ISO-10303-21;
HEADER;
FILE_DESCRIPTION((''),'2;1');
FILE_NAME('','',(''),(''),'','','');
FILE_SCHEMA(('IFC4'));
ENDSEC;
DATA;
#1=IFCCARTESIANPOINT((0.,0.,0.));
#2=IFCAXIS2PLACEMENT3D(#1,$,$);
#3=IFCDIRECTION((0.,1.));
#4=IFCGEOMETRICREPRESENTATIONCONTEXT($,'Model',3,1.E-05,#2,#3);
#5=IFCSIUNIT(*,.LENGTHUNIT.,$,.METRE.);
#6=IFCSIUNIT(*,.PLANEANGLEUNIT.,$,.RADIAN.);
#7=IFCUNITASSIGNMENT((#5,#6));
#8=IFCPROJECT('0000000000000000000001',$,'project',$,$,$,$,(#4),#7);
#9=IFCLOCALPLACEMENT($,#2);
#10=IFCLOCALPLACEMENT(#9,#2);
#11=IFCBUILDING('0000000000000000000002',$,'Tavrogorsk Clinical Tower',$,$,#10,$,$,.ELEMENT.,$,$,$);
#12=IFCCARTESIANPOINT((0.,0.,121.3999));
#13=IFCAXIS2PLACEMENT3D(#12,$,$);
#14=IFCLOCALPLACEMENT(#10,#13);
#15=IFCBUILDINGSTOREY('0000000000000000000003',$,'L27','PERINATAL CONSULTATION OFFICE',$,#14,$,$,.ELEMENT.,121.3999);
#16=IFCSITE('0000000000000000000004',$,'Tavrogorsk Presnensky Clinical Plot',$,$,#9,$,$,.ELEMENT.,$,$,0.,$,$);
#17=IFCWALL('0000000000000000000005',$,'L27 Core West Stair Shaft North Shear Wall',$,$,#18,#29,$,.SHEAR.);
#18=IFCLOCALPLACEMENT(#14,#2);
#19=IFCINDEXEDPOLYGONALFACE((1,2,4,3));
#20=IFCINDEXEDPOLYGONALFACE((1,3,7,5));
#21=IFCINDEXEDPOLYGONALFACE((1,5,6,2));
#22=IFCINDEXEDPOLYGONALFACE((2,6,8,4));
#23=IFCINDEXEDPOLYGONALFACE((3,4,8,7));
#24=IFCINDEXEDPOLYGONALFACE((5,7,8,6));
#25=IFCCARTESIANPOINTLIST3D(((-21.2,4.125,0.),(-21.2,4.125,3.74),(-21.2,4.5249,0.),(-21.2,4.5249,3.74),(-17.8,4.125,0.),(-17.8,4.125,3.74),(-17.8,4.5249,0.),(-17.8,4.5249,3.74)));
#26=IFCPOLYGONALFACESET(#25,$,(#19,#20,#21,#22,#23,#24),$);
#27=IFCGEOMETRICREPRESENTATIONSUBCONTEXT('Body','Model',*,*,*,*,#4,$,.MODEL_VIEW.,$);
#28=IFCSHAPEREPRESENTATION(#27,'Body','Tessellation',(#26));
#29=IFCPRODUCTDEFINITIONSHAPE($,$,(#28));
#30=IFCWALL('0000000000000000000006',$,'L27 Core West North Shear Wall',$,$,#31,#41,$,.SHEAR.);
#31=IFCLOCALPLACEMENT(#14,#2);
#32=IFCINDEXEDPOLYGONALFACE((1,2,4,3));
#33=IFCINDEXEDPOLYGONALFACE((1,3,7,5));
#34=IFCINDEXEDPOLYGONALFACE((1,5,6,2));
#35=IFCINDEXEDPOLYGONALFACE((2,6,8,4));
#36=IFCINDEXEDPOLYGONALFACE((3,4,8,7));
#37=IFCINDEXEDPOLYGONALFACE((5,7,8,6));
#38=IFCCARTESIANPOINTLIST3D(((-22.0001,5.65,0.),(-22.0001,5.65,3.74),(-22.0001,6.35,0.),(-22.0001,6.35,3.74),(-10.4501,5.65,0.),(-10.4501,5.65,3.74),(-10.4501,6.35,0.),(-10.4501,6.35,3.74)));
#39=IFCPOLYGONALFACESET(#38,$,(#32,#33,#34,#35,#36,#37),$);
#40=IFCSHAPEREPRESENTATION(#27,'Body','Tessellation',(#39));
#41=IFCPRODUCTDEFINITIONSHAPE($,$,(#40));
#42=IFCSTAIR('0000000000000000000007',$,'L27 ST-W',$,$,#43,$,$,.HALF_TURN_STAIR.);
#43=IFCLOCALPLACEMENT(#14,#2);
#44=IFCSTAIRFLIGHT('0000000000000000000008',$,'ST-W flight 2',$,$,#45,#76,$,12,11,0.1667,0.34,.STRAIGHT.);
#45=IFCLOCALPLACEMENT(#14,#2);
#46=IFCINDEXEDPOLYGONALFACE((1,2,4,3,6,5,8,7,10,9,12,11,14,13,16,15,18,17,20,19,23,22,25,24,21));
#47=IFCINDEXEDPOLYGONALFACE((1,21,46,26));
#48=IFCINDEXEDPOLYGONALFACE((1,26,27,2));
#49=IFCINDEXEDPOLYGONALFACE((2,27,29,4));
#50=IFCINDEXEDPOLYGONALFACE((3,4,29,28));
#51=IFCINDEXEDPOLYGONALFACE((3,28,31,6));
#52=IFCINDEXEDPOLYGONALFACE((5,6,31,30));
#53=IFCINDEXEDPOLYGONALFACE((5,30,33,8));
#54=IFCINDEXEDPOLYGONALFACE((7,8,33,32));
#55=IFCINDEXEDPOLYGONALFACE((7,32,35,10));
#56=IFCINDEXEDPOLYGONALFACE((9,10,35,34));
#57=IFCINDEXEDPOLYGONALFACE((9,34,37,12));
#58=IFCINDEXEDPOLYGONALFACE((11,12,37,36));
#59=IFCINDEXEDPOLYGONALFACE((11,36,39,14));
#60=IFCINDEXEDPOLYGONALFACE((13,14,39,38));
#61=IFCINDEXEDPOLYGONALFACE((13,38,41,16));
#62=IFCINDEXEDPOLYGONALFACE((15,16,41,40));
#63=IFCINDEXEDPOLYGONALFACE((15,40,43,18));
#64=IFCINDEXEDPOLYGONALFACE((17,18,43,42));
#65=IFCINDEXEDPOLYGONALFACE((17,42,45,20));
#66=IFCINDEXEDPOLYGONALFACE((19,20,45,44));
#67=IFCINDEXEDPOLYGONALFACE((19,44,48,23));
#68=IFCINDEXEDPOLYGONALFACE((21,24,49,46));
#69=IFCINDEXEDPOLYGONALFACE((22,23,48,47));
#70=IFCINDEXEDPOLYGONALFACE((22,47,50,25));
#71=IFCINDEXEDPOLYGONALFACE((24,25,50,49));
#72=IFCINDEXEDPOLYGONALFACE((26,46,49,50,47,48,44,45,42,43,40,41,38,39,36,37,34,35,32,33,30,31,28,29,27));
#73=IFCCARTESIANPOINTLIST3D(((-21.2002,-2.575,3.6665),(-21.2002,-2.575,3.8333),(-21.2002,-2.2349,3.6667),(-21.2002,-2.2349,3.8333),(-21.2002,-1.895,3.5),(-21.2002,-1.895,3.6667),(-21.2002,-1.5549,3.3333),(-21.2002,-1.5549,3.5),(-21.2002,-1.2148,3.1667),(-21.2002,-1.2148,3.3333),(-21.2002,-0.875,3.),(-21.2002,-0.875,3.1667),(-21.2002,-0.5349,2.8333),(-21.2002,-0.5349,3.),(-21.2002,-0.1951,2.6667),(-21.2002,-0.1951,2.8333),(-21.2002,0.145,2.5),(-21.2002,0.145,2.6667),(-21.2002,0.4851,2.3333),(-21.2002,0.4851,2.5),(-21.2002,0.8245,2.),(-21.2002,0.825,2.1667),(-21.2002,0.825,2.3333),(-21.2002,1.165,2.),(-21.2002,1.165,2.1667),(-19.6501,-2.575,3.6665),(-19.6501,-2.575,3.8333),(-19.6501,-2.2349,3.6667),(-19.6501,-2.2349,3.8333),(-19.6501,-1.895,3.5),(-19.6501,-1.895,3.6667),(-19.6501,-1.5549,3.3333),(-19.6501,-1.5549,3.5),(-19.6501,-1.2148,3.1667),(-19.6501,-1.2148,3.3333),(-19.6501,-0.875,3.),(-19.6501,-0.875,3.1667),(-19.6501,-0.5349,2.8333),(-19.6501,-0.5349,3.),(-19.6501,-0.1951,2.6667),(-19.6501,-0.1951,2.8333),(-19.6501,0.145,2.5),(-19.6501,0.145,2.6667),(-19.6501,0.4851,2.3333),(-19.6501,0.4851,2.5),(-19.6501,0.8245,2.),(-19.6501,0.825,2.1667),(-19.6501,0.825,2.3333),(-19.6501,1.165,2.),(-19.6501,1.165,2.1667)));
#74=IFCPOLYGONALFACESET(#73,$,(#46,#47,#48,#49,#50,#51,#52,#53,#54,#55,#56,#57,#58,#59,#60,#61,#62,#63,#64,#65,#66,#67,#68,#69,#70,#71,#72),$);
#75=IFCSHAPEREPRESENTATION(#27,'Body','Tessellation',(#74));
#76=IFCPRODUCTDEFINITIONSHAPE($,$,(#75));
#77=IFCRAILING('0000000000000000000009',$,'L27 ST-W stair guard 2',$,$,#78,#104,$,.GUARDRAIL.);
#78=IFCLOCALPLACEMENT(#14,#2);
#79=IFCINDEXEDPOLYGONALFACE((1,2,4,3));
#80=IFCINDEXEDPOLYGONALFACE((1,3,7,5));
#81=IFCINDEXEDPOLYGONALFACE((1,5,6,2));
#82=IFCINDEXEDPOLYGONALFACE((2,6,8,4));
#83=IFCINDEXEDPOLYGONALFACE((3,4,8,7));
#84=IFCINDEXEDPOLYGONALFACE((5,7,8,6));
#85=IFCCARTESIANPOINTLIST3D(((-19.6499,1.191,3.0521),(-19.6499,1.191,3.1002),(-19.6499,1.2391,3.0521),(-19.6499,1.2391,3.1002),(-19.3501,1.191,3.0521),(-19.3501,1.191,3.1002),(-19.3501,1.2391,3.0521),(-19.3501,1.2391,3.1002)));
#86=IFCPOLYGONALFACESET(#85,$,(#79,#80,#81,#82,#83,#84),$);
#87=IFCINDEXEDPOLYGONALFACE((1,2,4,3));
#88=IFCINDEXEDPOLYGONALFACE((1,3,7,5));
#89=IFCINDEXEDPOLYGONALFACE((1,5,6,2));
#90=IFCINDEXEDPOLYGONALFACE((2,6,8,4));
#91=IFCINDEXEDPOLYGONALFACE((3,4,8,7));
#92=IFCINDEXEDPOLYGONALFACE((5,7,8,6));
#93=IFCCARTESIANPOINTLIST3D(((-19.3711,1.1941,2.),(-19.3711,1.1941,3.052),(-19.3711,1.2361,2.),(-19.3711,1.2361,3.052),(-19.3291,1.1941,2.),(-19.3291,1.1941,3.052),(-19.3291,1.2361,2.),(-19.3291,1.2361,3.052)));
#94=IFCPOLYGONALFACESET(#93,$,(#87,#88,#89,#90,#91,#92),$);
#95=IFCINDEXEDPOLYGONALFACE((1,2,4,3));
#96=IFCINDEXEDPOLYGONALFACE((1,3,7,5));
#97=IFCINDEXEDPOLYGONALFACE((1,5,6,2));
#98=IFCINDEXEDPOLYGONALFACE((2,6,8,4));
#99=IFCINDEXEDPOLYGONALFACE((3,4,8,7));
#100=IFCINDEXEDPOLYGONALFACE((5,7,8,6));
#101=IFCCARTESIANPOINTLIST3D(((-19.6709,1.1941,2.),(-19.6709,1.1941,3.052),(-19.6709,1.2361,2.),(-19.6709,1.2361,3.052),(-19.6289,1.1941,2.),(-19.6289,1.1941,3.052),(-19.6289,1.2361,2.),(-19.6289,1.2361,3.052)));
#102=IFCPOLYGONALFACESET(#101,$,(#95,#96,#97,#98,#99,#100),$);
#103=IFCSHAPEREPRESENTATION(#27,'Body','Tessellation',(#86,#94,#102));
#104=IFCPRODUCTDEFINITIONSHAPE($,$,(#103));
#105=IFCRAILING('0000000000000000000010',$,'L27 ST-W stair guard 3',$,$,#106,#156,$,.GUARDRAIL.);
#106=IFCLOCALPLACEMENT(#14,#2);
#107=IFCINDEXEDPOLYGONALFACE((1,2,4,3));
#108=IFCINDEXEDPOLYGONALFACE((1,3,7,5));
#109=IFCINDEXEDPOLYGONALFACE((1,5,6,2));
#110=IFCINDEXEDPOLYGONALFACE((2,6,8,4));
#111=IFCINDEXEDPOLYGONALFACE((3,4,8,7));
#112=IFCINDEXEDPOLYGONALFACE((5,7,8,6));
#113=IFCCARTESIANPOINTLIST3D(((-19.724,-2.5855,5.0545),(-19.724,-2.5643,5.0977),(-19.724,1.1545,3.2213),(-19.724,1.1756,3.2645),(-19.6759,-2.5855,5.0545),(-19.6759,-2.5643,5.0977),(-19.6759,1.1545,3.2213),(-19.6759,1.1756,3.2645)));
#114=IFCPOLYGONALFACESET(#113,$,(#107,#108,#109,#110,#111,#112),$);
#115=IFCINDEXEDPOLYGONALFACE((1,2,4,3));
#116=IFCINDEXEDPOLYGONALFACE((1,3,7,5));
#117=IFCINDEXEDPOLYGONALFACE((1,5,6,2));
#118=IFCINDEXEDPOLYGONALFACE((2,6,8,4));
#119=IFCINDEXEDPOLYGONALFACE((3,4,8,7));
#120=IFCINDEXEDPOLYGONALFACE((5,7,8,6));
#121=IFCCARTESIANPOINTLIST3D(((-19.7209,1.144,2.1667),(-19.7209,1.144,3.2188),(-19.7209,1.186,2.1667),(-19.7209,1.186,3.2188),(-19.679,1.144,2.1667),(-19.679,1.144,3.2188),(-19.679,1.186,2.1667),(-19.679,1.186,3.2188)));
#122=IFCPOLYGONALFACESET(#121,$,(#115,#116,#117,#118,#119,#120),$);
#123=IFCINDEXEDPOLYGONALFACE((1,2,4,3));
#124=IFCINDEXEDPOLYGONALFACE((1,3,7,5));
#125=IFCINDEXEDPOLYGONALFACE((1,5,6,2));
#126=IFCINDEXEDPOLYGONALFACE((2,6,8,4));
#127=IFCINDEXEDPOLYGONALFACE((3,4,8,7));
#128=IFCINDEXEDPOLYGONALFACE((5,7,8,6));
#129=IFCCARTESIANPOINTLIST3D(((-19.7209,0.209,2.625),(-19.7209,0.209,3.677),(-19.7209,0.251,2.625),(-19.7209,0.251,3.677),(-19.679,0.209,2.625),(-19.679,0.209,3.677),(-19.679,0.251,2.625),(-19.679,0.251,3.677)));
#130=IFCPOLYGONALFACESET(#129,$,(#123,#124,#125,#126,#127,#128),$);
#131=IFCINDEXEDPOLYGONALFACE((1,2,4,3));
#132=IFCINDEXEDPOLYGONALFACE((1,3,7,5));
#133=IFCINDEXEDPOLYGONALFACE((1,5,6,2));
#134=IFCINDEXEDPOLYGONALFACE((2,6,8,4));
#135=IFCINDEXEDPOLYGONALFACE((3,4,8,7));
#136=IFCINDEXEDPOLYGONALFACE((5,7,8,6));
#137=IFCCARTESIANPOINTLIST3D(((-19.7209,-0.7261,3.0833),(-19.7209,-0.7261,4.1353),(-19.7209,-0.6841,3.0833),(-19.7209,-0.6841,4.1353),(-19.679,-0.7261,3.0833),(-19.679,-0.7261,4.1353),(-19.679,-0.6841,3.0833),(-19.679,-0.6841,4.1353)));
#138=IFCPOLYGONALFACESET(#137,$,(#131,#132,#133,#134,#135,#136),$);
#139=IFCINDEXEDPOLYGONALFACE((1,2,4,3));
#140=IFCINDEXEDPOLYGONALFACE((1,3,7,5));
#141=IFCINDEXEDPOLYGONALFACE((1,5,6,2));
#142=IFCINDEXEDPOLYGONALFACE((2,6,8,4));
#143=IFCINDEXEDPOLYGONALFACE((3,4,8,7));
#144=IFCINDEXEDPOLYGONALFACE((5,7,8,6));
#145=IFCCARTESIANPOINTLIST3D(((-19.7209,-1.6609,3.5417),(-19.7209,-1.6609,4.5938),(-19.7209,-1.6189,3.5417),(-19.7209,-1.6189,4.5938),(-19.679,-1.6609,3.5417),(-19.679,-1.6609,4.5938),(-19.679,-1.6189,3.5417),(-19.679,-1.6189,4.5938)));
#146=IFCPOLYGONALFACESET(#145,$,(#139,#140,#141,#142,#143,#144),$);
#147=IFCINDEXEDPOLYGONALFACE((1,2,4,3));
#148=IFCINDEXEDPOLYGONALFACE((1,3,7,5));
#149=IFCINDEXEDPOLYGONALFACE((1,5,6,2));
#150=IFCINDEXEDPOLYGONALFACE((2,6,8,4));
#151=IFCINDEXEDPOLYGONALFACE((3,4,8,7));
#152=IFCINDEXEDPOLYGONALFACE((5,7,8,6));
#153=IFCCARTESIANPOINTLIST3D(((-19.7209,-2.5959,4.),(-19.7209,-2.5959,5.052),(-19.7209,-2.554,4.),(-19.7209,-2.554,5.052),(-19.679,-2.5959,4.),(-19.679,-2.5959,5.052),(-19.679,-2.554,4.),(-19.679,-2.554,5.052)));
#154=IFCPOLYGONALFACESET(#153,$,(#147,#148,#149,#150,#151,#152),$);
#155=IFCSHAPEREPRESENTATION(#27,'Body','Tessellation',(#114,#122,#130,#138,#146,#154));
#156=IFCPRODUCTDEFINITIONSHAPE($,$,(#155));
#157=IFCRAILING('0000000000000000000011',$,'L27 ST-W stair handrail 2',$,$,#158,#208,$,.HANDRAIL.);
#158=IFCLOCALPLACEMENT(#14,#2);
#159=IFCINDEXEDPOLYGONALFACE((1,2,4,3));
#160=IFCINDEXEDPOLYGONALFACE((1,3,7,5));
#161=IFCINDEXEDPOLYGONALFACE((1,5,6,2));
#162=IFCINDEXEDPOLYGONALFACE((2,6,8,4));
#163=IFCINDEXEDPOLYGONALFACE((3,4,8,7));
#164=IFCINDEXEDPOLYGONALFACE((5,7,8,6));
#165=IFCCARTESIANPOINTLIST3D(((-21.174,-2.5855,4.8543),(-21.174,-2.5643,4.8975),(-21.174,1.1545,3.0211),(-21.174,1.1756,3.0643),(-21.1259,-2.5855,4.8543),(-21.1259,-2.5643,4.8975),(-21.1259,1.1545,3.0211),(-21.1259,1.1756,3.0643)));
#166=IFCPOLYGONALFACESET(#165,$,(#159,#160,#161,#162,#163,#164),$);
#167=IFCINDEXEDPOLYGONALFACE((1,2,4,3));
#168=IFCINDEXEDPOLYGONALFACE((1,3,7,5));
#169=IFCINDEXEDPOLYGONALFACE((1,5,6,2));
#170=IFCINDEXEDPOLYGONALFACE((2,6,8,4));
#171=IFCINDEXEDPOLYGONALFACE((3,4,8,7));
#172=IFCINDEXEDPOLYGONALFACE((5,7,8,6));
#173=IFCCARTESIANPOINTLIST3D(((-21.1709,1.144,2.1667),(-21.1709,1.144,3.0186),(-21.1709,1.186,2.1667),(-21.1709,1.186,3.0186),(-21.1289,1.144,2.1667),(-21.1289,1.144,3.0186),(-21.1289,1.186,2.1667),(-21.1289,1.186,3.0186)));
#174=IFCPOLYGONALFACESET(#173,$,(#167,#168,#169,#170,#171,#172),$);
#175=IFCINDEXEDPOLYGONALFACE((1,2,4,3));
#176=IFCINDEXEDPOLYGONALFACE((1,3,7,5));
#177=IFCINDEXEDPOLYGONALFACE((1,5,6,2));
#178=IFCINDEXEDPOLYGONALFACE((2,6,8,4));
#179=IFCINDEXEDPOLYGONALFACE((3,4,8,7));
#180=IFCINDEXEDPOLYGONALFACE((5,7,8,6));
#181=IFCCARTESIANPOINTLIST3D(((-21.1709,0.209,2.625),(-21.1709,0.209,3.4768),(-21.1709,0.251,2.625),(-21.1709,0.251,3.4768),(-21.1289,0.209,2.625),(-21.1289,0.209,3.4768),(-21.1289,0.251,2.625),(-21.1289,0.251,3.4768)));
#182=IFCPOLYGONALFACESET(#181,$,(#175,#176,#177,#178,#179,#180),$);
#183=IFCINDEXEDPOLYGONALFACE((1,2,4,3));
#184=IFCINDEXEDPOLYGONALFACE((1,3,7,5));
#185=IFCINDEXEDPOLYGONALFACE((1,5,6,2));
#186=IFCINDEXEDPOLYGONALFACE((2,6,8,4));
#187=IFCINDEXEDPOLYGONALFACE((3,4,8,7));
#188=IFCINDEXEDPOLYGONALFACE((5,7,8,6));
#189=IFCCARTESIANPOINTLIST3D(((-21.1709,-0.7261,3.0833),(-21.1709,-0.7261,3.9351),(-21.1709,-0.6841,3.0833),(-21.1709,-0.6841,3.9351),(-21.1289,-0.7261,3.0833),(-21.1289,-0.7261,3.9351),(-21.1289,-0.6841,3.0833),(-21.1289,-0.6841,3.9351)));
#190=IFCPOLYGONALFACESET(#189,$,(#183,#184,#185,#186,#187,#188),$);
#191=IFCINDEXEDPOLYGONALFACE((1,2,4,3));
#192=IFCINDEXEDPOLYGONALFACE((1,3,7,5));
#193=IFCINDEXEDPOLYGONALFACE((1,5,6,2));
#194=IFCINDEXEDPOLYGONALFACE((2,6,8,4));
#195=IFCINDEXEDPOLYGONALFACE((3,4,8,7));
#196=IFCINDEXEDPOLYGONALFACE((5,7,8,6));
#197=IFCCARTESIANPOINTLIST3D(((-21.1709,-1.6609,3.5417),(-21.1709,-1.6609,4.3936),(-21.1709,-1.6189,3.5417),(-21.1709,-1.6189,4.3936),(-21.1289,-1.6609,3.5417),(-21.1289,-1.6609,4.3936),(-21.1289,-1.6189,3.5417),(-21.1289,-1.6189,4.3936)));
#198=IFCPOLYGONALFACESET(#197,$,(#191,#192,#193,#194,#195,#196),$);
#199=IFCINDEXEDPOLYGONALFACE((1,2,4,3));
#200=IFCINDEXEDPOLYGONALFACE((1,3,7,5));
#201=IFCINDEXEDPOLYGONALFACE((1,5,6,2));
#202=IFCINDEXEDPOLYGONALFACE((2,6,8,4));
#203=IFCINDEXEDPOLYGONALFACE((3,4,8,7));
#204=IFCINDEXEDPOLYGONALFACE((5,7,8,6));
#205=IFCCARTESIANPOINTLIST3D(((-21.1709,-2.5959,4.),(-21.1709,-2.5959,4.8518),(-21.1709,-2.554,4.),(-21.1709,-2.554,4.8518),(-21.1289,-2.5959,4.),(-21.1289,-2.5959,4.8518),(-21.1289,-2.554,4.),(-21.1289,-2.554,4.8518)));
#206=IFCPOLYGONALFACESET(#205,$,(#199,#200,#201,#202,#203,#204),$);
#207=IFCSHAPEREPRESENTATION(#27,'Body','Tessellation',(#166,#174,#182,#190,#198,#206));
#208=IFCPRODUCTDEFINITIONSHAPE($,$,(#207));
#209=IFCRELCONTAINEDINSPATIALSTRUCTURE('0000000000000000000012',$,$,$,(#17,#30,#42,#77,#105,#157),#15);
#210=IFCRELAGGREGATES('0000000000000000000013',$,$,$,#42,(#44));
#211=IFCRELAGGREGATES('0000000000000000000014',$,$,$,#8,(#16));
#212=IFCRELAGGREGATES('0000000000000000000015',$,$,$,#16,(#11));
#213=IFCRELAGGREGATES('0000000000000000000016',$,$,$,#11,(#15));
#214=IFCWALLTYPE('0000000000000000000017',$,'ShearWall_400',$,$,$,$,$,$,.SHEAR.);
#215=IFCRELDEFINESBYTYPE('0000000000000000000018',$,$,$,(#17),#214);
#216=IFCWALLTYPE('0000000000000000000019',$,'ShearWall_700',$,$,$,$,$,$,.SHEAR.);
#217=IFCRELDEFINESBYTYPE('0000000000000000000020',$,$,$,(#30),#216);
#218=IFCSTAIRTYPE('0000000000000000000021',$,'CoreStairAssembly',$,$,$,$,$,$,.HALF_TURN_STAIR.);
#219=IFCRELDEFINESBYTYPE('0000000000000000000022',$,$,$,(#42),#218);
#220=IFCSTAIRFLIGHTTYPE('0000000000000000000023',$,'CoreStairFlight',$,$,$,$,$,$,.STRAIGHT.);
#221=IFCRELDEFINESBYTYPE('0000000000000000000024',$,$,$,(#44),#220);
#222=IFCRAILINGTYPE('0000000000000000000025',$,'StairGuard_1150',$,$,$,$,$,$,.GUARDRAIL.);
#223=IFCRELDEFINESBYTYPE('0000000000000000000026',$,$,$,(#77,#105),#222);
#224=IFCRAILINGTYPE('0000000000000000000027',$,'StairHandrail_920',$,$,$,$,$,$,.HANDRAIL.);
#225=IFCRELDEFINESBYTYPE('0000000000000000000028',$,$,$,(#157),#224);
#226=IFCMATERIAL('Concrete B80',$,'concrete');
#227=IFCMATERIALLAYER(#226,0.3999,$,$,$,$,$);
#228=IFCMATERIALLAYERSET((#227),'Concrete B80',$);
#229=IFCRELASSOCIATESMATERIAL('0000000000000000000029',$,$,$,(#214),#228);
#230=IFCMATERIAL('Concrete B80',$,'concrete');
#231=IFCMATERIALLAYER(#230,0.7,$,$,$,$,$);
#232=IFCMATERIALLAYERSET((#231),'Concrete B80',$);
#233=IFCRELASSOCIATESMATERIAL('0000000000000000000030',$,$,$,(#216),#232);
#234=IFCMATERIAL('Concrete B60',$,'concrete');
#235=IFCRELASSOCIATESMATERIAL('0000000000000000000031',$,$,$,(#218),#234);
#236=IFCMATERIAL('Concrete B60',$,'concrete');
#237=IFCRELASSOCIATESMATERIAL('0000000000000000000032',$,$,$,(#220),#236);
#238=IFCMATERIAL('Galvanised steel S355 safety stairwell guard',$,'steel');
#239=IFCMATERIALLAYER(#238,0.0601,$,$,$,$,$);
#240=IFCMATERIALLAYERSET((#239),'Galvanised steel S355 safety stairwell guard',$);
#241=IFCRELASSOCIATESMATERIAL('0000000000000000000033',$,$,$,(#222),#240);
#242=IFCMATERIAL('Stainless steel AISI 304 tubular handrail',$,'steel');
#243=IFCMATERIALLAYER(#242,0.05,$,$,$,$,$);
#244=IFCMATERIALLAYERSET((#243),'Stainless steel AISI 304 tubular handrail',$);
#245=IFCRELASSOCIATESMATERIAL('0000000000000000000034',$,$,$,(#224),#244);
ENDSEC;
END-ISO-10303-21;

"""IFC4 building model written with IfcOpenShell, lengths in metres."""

from ifc_helpers import new_model, si_unit, direction, frame, frame_2d, origin, origin_2d, place, context, subcontext, project, spatial, polyline, rectangle, outline, extrude, material, layer, layer_set, type_object, element, aggregate, save


model = new_model("IFC4")

# Units and contexts
model_context = context("Model", 3, precision=1e-05, world=origin(), true_north=direction((0.0, 1.0)))
body_context = subcontext(model_context, "Body", "Model", "MODEL_VIEW")
ifc_project = project(units=[si_unit("LENGTHUNIT", "METRE"), si_unit("PLANEANGLEUNIT", "RADIAN")], contexts=[model_context])

# Site, building, storey
site_placement = place(None, origin())
site = spatial("IfcSite", under=ifc_project, at=site_placement, Name="Tavrogorsk Presnensky Clinical Plot", CompositionType="ELEMENT", RefElevation=0.0)
building_placement = place(site_placement, origin())
building = spatial("IfcBuilding", under=site, at=building_placement, Name="Tavrogorsk Clinical Tower", CompositionType="ELEMENT")
storey_placement = place(building_placement, frame((0.0, 0.0, 121.3999)))
storey = spatial("IfcBuildingStorey", under=building, at=storey_placement, Name="L27", Description="PERINATAL CONSULTATION OFFICE", CompositionType="ELEMENT", Elevation=121.3999)

# Walls
ifc_material_1 = material(Name="Concrete B80", Category="concrete")
ifc_layer_1 = layer(ifc_material_1, 0.3999)
ifc_layer_set_1 = layer_set([ifc_layer_1], Name="Concrete B80")
wall_type_1 = type_object("IfcWallType", Name="ShearWall_400", PredefinedType="SHEAR", material=ifc_layer_set_1)
wall_1_placement = place(storey_placement, frame((-21.2, 4.325, 0.0), z_axis=(0.0, 0.0, 1.0), x_axis=(1.0, 0.0, 0.0)))
element("IfcWall", 1, at=wall_1_placement, inside=storey, type_object=wall_type_1, Name="L27 Core West Stair Shaft North Shear Wall", PredefinedType="SHEAR", context=body_context, shape_type="SweptSolid", body=[
    extrude(rectangle(XDim=3.3999, YDim=0.3999, at=frame_2d((1.7, 0.0))), origin(), (0.0, 0.0, 1.0), 3.74),
])
ifc_material_2 = material(Name="Concrete B80", Category="concrete")
ifc_layer_2 = layer(ifc_material_2, 0.7)
ifc_layer_set_2 = layer_set([ifc_layer_2], Name="Concrete B80")
wall_type_2 = type_object("IfcWallType", Name="ShearWall_700", PredefinedType="SHEAR", material=ifc_layer_set_2)
wall_2_placement = place(storey_placement, frame((-22.0, 6.0, 0.0), z_axis=(0.0, 0.0, 1.0), x_axis=(1.0, 0.0, 0.0)))
element("IfcWall", 2, at=wall_2_placement, inside=storey, type_object=wall_type_2, Name="L27 Core West North Shear Wall", PredefinedType="SHEAR", context=body_context, shape_type="SweptSolid", body=[
    extrude(rectangle(XDim=11.55, YDim=0.7, at=frame_2d((5.7749, 0.0))), origin(), (0.0, 0.0, 1.0), 3.74),
])

# Stair, stair flight
ifc_material_3 = material(Name="Concrete B60", Category="concrete")
stair_type = type_object("IfcStairType", Name="CoreStairAssembly", PredefinedType="HALF_TURN_STAIR", material=ifc_material_3)
stair_placement = place(storey_placement, origin())
stair = element("IfcStair", 3, at=stair_placement, inside=storey, type_object=stair_type, Name="L27 ST-W", PredefinedType="HALF_TURN_STAIR")
ifc_material_4 = material(Name="Concrete B60", Category="concrete")
stair_flight_type = type_object("IfcStairFlightType", Name="CoreStairFlight", PredefinedType="STRAIGHT", material=ifc_material_4)
stair_flight_placement = place(storey_placement, frame((-20.425, 1.165, 2.0), z_axis=(0.0, 0.0, 1.0), x_axis=(0.0, -1.0, 0.0)))
stair_flight = element("IfcStairFlight", 4, at=stair_flight_placement, type_object=stair_flight_type, Name="ST-W flight 2", NumberOfRisers=12, NumberOfTreads=11, PredefinedType="STRAIGHT", RiserHeight=0.1667, TreadLength=0.34, context=body_context, shape_type="SweptSolid", body=[
    extrude(outline(polyline([(0.0, 0.0), (0.0, 0.1667), (0.3401, 0.1667), (0.3401, 0.3333), (0.6799, 0.3333), (0.6799, 0.5), (1.02, 0.5), (1.02, 0.6667), (1.3601, 0.6667), (1.3601, 0.8333), (1.7, 0.8333), (1.7, 1.0), (2.04, 1.0), (2.04, 1.1667), (2.3799, 1.1667), (2.3799, 1.3333), (2.72, 1.3333), (2.72, 1.5), (3.0601, 1.5), (3.0601, 1.6667), (3.3999, 1.6667), (3.3999, 1.8333), (3.74, 1.8333), (3.74, 2.0), (3.74, 1.6665), (0.3406, 0.0), (0.0, 0.0)])), frame((0.0, 0.7749, 0.0), z_axis=(0.0, -1.0, 0.0), x_axis=(1.0, 0.0, 0.0)), (0.0, 0.0, 1.0), 1.55),
])
aggregate(stair, [stair_flight])

# Railings
ifc_material_5 = material(Name="Galvanised steel S355 safety stairwell guard", Category="steel")
ifc_layer_3 = layer(ifc_material_5, 0.0601)
ifc_layer_set_3 = layer_set([ifc_layer_3], Name="Galvanised steel S355 safety stairwell guard")
railing_type_1 = type_object("IfcRailingType", Name="StairGuard_1150", PredefinedType="GUARDRAIL", material=ifc_layer_set_3)
railing_1_placement = place(storey_placement, frame((-19.3501, 1.2151, 2.0)))
element("IfcRailing", 5, at=railing_1_placement, inside=storey, type_object=railing_type_1, Name="L27 ST-W stair guard 2", PredefinedType="GUARDRAIL", context=body_context, shape_type="SweptSolid", body=[
    extrude(rectangle(XDim=0.0481, YDim=0.0481, at=origin_2d()), frame((0.0, 0.0, 1.0762), z_axis=(-1.0, 0.0, 0.0), x_axis=(0.0, -1.0, 0.0)), (0.0, 0.0, 1.0), 0.2998),
    extrude(rectangle(XDim=0.042, YDim=0.042, at=origin_2d()), origin(), (0.0, 0.0, 1.0), 1.052),
    extrude(rectangle(XDim=0.042, YDim=0.042, at=origin_2d()), frame((-0.2998, 0.0, 0.0)), (0.0, 0.0, 1.0), 1.052),
])
railing_2_placement = place(storey_placement, frame((-19.7, 1.165, 2.1667)))
element("IfcRailing", 6, at=railing_2_placement, inside=storey, type_object=railing_type_1, Name="L27 ST-W stair guard 3", PredefinedType="GUARDRAIL", context=body_context, shape_type="SweptSolid", body=[
    extrude(rectangle(XDim=0.0481, YDim=0.0481, at=origin_2d()), frame((0.0, 0.0, 1.0762), z_axis=(0.0, -0.897928, 0.440142), x_axis=(1.0, 0.0, 0.0)), (0.0, 0.0, 1.0), 4.165),
    extrude(rectangle(XDim=0.042, YDim=0.042, at=origin_2d()), origin(), (0.0, 0.0, 1.0), 1.052),
    extrude(rectangle(XDim=0.042, YDim=0.042, at=origin_2d()), frame((0.0, -0.9351, 0.4583)), (0.0, 0.0, 1.0), 1.052),
    extrude(rectangle(XDim=0.042, YDim=0.042, at=origin_2d()), frame((0.0, -1.8701, 0.9165)), (0.0, 0.0, 1.0), 1.052),
    extrude(rectangle(XDim=0.042, YDim=0.042, at=origin_2d()), frame((0.0, -2.8049, 1.375)), (0.0, 0.0, 1.0), 1.052),
    extrude(rectangle(XDim=0.042, YDim=0.042, at=origin_2d()), frame((0.0, -3.74, 1.8333)), (0.0, 0.0, 1.0), 1.052),
])
ifc_material_6 = material(Name="Stainless steel AISI 304 tubular handrail", Category="steel")
ifc_layer_4 = layer(ifc_material_6, 0.05)
ifc_layer_set_4 = layer_set([ifc_layer_4], Name="Stainless steel AISI 304 tubular handrail")
railing_type_2 = type_object("IfcRailingType", Name="StairHandrail_920", PredefinedType="HANDRAIL", material=ifc_layer_set_4)
railing_3_placement = place(storey_placement, frame((-21.1499, 1.165, 2.1667)))
element("IfcRailing", 7, at=railing_3_placement, inside=storey, type_object=railing_type_2, Name="L27 ST-W stair handrail 2", PredefinedType="HANDRAIL", context=body_context, shape_type="SweptSolid", body=[
    extrude(rectangle(XDim=0.0481, YDim=0.0481, at=origin_2d()), frame((0.0, 0.0, 0.876), z_axis=(0.0, -0.897928, 0.440142), x_axis=(1.0, 0.0, 0.0)), (0.0, 0.0, 1.0), 4.165),
    extrude(rectangle(XDim=0.042, YDim=0.042, at=origin_2d()), origin(), (0.0, 0.0, 1.0), 0.8518),
    extrude(rectangle(XDim=0.042, YDim=0.042, at=origin_2d()), frame((0.0, -0.9351, 0.4583)), (0.0, 0.0, 1.0), 0.8518),
    extrude(rectangle(XDim=0.042, YDim=0.042, at=origin_2d()), frame((0.0, -1.8701, 0.9165)), (0.0, 0.0, 1.0), 0.8518),
    extrude(rectangle(XDim=0.042, YDim=0.042, at=origin_2d()), frame((0.0, -2.8049, 1.375)), (0.0, 0.0, 1.0), 0.8518),
    extrude(rectangle(XDim=0.042, YDim=0.042, at=origin_2d()), frame((0.0, -3.74, 1.8333)), (0.0, 0.0, 1.0), 0.8518),
])

save(model, "model.ifc")
